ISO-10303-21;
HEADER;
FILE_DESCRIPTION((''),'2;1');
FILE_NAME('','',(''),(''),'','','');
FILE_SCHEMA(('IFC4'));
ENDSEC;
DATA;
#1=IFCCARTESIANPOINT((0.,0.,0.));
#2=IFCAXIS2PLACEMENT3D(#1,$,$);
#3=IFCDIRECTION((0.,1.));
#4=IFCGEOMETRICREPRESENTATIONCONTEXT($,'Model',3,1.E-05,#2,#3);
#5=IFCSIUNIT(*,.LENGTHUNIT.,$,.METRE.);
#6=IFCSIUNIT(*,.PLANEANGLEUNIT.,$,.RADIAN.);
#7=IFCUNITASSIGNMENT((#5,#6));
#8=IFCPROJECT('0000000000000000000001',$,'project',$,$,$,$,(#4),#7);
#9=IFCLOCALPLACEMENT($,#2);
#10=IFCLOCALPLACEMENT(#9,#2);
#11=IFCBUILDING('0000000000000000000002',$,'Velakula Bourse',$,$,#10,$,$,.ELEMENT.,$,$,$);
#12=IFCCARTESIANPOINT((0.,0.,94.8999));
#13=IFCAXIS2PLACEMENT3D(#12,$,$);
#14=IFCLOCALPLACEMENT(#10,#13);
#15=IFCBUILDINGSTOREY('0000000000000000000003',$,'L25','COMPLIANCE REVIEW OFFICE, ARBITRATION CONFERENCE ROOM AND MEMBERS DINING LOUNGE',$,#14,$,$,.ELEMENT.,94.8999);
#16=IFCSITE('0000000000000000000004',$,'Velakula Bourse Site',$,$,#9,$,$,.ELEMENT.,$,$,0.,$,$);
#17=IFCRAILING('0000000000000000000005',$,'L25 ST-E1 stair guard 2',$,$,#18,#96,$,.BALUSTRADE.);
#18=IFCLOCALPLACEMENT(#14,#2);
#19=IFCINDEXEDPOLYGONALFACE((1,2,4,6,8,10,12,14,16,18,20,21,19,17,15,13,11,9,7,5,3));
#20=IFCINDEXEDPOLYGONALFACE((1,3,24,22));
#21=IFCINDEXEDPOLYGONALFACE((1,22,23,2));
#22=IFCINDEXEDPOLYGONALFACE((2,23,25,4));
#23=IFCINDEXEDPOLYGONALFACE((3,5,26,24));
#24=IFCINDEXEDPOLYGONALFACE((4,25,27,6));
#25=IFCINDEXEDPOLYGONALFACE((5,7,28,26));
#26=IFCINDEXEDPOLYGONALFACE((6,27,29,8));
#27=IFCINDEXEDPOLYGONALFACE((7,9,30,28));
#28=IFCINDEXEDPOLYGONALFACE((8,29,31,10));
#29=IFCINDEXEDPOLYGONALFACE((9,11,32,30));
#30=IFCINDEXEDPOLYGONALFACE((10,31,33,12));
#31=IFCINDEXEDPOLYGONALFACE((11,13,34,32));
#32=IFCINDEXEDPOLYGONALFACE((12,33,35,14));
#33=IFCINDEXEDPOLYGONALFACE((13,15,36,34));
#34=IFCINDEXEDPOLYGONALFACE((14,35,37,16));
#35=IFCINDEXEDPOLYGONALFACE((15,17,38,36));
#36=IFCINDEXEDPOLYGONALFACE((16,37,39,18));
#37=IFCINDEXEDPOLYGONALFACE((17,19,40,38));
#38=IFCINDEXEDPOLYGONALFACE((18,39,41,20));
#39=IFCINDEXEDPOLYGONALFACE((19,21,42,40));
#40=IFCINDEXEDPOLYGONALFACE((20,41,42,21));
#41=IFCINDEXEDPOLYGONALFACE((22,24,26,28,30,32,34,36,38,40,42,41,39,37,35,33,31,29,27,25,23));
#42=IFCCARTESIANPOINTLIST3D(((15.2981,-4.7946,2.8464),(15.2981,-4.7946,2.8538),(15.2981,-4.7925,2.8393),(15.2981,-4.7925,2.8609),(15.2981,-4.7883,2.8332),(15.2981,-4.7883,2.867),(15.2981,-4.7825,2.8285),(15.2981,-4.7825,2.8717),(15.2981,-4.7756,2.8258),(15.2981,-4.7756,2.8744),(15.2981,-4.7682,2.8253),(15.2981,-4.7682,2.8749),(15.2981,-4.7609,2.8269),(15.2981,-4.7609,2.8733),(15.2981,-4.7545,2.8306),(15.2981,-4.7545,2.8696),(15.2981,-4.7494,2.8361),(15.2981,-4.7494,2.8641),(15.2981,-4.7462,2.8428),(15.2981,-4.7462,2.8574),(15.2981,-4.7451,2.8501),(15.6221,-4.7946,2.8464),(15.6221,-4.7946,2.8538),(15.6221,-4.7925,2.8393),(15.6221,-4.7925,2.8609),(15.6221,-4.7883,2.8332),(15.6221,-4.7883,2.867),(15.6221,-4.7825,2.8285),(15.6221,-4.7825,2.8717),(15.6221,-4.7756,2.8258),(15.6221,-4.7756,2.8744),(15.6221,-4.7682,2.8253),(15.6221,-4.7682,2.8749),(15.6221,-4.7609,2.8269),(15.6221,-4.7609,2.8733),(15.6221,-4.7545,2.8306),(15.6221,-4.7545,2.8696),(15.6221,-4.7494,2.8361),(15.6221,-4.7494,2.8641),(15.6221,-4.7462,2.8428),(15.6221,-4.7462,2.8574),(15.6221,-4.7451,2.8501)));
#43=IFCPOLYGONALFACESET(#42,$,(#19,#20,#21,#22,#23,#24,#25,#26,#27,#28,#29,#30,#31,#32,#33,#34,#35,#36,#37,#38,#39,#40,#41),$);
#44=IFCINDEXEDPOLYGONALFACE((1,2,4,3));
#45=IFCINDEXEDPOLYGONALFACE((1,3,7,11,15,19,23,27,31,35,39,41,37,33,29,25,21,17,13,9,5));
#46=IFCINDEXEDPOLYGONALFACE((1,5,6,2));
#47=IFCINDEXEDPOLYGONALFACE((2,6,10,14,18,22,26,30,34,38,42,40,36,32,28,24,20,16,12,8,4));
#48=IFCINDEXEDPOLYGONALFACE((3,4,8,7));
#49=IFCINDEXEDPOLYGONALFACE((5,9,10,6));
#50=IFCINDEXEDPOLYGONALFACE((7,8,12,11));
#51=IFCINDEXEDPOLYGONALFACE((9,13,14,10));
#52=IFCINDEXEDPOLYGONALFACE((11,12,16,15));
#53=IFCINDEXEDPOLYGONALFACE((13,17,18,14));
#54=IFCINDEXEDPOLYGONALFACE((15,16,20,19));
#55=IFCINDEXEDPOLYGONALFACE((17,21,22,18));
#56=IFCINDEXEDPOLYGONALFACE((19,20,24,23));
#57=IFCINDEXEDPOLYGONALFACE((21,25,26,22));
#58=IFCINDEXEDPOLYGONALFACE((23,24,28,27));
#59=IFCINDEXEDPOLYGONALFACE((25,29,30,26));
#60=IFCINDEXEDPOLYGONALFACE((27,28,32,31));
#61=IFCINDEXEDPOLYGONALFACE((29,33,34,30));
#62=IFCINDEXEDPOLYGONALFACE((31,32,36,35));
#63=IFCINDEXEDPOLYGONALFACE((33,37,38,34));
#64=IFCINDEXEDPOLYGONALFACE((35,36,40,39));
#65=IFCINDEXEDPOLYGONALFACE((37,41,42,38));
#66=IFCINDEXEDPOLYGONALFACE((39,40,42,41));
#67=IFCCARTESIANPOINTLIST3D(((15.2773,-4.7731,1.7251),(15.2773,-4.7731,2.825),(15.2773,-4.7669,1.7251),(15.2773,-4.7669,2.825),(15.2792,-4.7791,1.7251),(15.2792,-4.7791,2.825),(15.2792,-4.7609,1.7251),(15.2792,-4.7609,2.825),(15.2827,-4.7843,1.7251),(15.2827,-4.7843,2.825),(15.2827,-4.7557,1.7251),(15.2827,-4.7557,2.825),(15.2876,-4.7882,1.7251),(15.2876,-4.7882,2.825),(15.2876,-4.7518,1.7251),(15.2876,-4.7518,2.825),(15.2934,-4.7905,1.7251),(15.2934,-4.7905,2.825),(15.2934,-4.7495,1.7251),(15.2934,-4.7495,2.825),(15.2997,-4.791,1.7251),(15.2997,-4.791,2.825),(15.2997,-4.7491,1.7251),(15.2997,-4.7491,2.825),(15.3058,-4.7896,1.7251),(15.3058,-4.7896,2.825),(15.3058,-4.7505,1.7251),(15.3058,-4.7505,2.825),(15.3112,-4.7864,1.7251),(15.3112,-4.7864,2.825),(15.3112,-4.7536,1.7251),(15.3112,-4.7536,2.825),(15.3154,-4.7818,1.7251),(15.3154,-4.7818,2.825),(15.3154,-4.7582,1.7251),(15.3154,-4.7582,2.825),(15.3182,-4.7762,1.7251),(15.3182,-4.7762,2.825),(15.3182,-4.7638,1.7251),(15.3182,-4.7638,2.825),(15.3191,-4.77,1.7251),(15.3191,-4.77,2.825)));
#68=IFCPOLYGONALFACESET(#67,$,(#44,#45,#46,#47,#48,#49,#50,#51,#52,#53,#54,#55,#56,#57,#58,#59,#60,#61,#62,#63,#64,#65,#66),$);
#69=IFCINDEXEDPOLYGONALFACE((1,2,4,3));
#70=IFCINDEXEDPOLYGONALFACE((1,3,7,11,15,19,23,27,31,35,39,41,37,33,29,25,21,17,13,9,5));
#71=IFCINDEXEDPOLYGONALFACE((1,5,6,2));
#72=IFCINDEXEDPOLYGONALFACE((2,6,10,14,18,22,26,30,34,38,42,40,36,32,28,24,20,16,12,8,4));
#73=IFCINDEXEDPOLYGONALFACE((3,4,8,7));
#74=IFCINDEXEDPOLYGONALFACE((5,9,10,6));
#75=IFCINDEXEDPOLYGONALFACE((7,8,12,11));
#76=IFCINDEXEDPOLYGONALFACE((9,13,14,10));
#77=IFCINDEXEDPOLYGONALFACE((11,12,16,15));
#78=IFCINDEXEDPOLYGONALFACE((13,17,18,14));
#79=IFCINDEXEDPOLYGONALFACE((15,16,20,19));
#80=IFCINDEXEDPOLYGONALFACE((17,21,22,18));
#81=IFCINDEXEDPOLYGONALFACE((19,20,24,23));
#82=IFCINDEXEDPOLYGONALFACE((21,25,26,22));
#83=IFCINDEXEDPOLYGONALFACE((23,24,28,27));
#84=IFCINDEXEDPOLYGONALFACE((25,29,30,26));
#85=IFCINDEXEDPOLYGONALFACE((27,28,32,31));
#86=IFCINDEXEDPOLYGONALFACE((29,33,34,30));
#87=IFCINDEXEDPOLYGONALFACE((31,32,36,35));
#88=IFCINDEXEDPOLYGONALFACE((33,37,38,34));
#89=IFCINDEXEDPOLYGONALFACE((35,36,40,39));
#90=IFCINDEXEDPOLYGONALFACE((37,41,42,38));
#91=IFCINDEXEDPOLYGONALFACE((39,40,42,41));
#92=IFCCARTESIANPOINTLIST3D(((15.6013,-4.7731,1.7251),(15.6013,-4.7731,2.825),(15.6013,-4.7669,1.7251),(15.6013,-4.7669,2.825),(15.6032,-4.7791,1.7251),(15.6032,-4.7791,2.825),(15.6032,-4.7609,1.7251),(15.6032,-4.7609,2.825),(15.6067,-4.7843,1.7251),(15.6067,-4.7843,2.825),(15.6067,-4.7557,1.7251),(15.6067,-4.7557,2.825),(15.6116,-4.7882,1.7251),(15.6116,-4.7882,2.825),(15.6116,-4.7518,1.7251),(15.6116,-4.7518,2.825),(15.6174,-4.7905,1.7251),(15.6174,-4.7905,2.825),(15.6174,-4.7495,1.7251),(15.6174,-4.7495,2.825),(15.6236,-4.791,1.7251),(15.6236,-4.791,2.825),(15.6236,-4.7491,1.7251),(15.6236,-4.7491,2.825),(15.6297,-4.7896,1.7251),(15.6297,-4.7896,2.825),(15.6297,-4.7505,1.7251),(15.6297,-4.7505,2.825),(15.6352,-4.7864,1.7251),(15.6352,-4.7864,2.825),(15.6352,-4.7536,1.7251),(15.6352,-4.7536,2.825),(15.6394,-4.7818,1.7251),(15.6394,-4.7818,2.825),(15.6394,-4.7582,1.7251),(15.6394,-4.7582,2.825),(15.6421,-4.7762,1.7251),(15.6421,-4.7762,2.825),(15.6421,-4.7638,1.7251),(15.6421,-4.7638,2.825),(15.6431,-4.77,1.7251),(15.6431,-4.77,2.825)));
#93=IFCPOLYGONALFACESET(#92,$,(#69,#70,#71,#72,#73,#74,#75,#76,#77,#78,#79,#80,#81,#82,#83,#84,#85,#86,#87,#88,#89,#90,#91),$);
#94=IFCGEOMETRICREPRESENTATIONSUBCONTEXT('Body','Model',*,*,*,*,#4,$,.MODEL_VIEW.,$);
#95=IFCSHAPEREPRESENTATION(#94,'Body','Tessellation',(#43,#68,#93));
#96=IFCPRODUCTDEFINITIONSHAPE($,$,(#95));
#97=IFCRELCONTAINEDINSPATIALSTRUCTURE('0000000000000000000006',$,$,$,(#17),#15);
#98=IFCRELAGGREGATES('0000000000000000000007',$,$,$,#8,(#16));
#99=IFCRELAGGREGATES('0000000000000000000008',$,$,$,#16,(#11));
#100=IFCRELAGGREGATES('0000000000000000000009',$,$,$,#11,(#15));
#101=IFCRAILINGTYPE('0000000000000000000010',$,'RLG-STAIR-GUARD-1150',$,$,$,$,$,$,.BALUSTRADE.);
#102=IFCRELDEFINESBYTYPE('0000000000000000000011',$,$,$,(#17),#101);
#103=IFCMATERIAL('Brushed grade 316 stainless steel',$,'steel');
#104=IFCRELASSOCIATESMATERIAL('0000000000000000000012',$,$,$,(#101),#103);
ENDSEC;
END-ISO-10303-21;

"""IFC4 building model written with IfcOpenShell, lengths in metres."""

from ifc_helpers import new_model, si_unit, direction, frame, origin, origin_2d, place, context, subcontext, project, spatial, circle, extrude, material, type_object, element, save


model = new_model("IFC4")

# Units and contexts
model_context = context("Model", 3, precision=1e-05, world=origin(), true_north=direction((0.0, 1.0)))
body_context = subcontext(model_context, "Body", "Model", "MODEL_VIEW")
ifc_project = project(units=[si_unit("LENGTHUNIT", "METRE"), si_unit("PLANEANGLEUNIT", "RADIAN")], contexts=[model_context])

# Site, building, storey
site_placement = place(None, origin())
site = spatial("IfcSite", under=ifc_project, at=site_placement, Name="Velakula Bourse Site", CompositionType="ELEMENT", RefElevation=0.0)
building_placement = place(site_placement, origin())
building = spatial("IfcBuilding", under=site, at=building_placement, Name="Velakula Bourse", CompositionType="ELEMENT")
storey_placement = place(building_placement, frame((0.0, 0.0, 94.8999)))
storey = spatial("IfcBuildingStorey", under=building, at=storey_placement, Name="L25", Description="COMPLIANCE REVIEW OFFICE, ARBITRATION CONFERENCE ROOM AND MEMBERS DINING LOUNGE", CompositionType="ELEMENT", Elevation=94.8999)

# Railing
ifc_material_1 = material(Name="Brushed grade 316 stainless steel", Category="steel")
railing_type_1 = type_object("IfcRailingType", Name="RLG-STAIR-GUARD-1150", PredefinedType="BALUSTRADE", material=ifc_material_1)
railing_1_placement = place(storey_placement, frame((15.2981, -4.77, 1.7251)))
element("IfcRailing", 1, at=railing_1_placement, inside=storey, type_object=railing_type_1, Name="L25 ST-E1 stair guard 2", PredefinedType="BALUSTRADE", context=body_context, shape_type="SweptSolid", body=[
    extrude(circle(Radius=0.0249, at=origin_2d()), frame((0.0, 0.0, 1.125), z_axis=(1.0, 0.0, 0.0), x_axis=(0.0, 1.0, 0.0)), (0.0, 0.0, 1.0), 0.324),
    extrude(circle(Radius=0.021, at=origin_2d()), origin(), (0.0, 0.0, 1.0), 1.0999),
    extrude(circle(Radius=0.021, at=origin_2d()), frame((0.324, 0.0, 0.0)), (0.0, 0.0, 1.0), 1.0999),
])

save(model, "model.ifc")
